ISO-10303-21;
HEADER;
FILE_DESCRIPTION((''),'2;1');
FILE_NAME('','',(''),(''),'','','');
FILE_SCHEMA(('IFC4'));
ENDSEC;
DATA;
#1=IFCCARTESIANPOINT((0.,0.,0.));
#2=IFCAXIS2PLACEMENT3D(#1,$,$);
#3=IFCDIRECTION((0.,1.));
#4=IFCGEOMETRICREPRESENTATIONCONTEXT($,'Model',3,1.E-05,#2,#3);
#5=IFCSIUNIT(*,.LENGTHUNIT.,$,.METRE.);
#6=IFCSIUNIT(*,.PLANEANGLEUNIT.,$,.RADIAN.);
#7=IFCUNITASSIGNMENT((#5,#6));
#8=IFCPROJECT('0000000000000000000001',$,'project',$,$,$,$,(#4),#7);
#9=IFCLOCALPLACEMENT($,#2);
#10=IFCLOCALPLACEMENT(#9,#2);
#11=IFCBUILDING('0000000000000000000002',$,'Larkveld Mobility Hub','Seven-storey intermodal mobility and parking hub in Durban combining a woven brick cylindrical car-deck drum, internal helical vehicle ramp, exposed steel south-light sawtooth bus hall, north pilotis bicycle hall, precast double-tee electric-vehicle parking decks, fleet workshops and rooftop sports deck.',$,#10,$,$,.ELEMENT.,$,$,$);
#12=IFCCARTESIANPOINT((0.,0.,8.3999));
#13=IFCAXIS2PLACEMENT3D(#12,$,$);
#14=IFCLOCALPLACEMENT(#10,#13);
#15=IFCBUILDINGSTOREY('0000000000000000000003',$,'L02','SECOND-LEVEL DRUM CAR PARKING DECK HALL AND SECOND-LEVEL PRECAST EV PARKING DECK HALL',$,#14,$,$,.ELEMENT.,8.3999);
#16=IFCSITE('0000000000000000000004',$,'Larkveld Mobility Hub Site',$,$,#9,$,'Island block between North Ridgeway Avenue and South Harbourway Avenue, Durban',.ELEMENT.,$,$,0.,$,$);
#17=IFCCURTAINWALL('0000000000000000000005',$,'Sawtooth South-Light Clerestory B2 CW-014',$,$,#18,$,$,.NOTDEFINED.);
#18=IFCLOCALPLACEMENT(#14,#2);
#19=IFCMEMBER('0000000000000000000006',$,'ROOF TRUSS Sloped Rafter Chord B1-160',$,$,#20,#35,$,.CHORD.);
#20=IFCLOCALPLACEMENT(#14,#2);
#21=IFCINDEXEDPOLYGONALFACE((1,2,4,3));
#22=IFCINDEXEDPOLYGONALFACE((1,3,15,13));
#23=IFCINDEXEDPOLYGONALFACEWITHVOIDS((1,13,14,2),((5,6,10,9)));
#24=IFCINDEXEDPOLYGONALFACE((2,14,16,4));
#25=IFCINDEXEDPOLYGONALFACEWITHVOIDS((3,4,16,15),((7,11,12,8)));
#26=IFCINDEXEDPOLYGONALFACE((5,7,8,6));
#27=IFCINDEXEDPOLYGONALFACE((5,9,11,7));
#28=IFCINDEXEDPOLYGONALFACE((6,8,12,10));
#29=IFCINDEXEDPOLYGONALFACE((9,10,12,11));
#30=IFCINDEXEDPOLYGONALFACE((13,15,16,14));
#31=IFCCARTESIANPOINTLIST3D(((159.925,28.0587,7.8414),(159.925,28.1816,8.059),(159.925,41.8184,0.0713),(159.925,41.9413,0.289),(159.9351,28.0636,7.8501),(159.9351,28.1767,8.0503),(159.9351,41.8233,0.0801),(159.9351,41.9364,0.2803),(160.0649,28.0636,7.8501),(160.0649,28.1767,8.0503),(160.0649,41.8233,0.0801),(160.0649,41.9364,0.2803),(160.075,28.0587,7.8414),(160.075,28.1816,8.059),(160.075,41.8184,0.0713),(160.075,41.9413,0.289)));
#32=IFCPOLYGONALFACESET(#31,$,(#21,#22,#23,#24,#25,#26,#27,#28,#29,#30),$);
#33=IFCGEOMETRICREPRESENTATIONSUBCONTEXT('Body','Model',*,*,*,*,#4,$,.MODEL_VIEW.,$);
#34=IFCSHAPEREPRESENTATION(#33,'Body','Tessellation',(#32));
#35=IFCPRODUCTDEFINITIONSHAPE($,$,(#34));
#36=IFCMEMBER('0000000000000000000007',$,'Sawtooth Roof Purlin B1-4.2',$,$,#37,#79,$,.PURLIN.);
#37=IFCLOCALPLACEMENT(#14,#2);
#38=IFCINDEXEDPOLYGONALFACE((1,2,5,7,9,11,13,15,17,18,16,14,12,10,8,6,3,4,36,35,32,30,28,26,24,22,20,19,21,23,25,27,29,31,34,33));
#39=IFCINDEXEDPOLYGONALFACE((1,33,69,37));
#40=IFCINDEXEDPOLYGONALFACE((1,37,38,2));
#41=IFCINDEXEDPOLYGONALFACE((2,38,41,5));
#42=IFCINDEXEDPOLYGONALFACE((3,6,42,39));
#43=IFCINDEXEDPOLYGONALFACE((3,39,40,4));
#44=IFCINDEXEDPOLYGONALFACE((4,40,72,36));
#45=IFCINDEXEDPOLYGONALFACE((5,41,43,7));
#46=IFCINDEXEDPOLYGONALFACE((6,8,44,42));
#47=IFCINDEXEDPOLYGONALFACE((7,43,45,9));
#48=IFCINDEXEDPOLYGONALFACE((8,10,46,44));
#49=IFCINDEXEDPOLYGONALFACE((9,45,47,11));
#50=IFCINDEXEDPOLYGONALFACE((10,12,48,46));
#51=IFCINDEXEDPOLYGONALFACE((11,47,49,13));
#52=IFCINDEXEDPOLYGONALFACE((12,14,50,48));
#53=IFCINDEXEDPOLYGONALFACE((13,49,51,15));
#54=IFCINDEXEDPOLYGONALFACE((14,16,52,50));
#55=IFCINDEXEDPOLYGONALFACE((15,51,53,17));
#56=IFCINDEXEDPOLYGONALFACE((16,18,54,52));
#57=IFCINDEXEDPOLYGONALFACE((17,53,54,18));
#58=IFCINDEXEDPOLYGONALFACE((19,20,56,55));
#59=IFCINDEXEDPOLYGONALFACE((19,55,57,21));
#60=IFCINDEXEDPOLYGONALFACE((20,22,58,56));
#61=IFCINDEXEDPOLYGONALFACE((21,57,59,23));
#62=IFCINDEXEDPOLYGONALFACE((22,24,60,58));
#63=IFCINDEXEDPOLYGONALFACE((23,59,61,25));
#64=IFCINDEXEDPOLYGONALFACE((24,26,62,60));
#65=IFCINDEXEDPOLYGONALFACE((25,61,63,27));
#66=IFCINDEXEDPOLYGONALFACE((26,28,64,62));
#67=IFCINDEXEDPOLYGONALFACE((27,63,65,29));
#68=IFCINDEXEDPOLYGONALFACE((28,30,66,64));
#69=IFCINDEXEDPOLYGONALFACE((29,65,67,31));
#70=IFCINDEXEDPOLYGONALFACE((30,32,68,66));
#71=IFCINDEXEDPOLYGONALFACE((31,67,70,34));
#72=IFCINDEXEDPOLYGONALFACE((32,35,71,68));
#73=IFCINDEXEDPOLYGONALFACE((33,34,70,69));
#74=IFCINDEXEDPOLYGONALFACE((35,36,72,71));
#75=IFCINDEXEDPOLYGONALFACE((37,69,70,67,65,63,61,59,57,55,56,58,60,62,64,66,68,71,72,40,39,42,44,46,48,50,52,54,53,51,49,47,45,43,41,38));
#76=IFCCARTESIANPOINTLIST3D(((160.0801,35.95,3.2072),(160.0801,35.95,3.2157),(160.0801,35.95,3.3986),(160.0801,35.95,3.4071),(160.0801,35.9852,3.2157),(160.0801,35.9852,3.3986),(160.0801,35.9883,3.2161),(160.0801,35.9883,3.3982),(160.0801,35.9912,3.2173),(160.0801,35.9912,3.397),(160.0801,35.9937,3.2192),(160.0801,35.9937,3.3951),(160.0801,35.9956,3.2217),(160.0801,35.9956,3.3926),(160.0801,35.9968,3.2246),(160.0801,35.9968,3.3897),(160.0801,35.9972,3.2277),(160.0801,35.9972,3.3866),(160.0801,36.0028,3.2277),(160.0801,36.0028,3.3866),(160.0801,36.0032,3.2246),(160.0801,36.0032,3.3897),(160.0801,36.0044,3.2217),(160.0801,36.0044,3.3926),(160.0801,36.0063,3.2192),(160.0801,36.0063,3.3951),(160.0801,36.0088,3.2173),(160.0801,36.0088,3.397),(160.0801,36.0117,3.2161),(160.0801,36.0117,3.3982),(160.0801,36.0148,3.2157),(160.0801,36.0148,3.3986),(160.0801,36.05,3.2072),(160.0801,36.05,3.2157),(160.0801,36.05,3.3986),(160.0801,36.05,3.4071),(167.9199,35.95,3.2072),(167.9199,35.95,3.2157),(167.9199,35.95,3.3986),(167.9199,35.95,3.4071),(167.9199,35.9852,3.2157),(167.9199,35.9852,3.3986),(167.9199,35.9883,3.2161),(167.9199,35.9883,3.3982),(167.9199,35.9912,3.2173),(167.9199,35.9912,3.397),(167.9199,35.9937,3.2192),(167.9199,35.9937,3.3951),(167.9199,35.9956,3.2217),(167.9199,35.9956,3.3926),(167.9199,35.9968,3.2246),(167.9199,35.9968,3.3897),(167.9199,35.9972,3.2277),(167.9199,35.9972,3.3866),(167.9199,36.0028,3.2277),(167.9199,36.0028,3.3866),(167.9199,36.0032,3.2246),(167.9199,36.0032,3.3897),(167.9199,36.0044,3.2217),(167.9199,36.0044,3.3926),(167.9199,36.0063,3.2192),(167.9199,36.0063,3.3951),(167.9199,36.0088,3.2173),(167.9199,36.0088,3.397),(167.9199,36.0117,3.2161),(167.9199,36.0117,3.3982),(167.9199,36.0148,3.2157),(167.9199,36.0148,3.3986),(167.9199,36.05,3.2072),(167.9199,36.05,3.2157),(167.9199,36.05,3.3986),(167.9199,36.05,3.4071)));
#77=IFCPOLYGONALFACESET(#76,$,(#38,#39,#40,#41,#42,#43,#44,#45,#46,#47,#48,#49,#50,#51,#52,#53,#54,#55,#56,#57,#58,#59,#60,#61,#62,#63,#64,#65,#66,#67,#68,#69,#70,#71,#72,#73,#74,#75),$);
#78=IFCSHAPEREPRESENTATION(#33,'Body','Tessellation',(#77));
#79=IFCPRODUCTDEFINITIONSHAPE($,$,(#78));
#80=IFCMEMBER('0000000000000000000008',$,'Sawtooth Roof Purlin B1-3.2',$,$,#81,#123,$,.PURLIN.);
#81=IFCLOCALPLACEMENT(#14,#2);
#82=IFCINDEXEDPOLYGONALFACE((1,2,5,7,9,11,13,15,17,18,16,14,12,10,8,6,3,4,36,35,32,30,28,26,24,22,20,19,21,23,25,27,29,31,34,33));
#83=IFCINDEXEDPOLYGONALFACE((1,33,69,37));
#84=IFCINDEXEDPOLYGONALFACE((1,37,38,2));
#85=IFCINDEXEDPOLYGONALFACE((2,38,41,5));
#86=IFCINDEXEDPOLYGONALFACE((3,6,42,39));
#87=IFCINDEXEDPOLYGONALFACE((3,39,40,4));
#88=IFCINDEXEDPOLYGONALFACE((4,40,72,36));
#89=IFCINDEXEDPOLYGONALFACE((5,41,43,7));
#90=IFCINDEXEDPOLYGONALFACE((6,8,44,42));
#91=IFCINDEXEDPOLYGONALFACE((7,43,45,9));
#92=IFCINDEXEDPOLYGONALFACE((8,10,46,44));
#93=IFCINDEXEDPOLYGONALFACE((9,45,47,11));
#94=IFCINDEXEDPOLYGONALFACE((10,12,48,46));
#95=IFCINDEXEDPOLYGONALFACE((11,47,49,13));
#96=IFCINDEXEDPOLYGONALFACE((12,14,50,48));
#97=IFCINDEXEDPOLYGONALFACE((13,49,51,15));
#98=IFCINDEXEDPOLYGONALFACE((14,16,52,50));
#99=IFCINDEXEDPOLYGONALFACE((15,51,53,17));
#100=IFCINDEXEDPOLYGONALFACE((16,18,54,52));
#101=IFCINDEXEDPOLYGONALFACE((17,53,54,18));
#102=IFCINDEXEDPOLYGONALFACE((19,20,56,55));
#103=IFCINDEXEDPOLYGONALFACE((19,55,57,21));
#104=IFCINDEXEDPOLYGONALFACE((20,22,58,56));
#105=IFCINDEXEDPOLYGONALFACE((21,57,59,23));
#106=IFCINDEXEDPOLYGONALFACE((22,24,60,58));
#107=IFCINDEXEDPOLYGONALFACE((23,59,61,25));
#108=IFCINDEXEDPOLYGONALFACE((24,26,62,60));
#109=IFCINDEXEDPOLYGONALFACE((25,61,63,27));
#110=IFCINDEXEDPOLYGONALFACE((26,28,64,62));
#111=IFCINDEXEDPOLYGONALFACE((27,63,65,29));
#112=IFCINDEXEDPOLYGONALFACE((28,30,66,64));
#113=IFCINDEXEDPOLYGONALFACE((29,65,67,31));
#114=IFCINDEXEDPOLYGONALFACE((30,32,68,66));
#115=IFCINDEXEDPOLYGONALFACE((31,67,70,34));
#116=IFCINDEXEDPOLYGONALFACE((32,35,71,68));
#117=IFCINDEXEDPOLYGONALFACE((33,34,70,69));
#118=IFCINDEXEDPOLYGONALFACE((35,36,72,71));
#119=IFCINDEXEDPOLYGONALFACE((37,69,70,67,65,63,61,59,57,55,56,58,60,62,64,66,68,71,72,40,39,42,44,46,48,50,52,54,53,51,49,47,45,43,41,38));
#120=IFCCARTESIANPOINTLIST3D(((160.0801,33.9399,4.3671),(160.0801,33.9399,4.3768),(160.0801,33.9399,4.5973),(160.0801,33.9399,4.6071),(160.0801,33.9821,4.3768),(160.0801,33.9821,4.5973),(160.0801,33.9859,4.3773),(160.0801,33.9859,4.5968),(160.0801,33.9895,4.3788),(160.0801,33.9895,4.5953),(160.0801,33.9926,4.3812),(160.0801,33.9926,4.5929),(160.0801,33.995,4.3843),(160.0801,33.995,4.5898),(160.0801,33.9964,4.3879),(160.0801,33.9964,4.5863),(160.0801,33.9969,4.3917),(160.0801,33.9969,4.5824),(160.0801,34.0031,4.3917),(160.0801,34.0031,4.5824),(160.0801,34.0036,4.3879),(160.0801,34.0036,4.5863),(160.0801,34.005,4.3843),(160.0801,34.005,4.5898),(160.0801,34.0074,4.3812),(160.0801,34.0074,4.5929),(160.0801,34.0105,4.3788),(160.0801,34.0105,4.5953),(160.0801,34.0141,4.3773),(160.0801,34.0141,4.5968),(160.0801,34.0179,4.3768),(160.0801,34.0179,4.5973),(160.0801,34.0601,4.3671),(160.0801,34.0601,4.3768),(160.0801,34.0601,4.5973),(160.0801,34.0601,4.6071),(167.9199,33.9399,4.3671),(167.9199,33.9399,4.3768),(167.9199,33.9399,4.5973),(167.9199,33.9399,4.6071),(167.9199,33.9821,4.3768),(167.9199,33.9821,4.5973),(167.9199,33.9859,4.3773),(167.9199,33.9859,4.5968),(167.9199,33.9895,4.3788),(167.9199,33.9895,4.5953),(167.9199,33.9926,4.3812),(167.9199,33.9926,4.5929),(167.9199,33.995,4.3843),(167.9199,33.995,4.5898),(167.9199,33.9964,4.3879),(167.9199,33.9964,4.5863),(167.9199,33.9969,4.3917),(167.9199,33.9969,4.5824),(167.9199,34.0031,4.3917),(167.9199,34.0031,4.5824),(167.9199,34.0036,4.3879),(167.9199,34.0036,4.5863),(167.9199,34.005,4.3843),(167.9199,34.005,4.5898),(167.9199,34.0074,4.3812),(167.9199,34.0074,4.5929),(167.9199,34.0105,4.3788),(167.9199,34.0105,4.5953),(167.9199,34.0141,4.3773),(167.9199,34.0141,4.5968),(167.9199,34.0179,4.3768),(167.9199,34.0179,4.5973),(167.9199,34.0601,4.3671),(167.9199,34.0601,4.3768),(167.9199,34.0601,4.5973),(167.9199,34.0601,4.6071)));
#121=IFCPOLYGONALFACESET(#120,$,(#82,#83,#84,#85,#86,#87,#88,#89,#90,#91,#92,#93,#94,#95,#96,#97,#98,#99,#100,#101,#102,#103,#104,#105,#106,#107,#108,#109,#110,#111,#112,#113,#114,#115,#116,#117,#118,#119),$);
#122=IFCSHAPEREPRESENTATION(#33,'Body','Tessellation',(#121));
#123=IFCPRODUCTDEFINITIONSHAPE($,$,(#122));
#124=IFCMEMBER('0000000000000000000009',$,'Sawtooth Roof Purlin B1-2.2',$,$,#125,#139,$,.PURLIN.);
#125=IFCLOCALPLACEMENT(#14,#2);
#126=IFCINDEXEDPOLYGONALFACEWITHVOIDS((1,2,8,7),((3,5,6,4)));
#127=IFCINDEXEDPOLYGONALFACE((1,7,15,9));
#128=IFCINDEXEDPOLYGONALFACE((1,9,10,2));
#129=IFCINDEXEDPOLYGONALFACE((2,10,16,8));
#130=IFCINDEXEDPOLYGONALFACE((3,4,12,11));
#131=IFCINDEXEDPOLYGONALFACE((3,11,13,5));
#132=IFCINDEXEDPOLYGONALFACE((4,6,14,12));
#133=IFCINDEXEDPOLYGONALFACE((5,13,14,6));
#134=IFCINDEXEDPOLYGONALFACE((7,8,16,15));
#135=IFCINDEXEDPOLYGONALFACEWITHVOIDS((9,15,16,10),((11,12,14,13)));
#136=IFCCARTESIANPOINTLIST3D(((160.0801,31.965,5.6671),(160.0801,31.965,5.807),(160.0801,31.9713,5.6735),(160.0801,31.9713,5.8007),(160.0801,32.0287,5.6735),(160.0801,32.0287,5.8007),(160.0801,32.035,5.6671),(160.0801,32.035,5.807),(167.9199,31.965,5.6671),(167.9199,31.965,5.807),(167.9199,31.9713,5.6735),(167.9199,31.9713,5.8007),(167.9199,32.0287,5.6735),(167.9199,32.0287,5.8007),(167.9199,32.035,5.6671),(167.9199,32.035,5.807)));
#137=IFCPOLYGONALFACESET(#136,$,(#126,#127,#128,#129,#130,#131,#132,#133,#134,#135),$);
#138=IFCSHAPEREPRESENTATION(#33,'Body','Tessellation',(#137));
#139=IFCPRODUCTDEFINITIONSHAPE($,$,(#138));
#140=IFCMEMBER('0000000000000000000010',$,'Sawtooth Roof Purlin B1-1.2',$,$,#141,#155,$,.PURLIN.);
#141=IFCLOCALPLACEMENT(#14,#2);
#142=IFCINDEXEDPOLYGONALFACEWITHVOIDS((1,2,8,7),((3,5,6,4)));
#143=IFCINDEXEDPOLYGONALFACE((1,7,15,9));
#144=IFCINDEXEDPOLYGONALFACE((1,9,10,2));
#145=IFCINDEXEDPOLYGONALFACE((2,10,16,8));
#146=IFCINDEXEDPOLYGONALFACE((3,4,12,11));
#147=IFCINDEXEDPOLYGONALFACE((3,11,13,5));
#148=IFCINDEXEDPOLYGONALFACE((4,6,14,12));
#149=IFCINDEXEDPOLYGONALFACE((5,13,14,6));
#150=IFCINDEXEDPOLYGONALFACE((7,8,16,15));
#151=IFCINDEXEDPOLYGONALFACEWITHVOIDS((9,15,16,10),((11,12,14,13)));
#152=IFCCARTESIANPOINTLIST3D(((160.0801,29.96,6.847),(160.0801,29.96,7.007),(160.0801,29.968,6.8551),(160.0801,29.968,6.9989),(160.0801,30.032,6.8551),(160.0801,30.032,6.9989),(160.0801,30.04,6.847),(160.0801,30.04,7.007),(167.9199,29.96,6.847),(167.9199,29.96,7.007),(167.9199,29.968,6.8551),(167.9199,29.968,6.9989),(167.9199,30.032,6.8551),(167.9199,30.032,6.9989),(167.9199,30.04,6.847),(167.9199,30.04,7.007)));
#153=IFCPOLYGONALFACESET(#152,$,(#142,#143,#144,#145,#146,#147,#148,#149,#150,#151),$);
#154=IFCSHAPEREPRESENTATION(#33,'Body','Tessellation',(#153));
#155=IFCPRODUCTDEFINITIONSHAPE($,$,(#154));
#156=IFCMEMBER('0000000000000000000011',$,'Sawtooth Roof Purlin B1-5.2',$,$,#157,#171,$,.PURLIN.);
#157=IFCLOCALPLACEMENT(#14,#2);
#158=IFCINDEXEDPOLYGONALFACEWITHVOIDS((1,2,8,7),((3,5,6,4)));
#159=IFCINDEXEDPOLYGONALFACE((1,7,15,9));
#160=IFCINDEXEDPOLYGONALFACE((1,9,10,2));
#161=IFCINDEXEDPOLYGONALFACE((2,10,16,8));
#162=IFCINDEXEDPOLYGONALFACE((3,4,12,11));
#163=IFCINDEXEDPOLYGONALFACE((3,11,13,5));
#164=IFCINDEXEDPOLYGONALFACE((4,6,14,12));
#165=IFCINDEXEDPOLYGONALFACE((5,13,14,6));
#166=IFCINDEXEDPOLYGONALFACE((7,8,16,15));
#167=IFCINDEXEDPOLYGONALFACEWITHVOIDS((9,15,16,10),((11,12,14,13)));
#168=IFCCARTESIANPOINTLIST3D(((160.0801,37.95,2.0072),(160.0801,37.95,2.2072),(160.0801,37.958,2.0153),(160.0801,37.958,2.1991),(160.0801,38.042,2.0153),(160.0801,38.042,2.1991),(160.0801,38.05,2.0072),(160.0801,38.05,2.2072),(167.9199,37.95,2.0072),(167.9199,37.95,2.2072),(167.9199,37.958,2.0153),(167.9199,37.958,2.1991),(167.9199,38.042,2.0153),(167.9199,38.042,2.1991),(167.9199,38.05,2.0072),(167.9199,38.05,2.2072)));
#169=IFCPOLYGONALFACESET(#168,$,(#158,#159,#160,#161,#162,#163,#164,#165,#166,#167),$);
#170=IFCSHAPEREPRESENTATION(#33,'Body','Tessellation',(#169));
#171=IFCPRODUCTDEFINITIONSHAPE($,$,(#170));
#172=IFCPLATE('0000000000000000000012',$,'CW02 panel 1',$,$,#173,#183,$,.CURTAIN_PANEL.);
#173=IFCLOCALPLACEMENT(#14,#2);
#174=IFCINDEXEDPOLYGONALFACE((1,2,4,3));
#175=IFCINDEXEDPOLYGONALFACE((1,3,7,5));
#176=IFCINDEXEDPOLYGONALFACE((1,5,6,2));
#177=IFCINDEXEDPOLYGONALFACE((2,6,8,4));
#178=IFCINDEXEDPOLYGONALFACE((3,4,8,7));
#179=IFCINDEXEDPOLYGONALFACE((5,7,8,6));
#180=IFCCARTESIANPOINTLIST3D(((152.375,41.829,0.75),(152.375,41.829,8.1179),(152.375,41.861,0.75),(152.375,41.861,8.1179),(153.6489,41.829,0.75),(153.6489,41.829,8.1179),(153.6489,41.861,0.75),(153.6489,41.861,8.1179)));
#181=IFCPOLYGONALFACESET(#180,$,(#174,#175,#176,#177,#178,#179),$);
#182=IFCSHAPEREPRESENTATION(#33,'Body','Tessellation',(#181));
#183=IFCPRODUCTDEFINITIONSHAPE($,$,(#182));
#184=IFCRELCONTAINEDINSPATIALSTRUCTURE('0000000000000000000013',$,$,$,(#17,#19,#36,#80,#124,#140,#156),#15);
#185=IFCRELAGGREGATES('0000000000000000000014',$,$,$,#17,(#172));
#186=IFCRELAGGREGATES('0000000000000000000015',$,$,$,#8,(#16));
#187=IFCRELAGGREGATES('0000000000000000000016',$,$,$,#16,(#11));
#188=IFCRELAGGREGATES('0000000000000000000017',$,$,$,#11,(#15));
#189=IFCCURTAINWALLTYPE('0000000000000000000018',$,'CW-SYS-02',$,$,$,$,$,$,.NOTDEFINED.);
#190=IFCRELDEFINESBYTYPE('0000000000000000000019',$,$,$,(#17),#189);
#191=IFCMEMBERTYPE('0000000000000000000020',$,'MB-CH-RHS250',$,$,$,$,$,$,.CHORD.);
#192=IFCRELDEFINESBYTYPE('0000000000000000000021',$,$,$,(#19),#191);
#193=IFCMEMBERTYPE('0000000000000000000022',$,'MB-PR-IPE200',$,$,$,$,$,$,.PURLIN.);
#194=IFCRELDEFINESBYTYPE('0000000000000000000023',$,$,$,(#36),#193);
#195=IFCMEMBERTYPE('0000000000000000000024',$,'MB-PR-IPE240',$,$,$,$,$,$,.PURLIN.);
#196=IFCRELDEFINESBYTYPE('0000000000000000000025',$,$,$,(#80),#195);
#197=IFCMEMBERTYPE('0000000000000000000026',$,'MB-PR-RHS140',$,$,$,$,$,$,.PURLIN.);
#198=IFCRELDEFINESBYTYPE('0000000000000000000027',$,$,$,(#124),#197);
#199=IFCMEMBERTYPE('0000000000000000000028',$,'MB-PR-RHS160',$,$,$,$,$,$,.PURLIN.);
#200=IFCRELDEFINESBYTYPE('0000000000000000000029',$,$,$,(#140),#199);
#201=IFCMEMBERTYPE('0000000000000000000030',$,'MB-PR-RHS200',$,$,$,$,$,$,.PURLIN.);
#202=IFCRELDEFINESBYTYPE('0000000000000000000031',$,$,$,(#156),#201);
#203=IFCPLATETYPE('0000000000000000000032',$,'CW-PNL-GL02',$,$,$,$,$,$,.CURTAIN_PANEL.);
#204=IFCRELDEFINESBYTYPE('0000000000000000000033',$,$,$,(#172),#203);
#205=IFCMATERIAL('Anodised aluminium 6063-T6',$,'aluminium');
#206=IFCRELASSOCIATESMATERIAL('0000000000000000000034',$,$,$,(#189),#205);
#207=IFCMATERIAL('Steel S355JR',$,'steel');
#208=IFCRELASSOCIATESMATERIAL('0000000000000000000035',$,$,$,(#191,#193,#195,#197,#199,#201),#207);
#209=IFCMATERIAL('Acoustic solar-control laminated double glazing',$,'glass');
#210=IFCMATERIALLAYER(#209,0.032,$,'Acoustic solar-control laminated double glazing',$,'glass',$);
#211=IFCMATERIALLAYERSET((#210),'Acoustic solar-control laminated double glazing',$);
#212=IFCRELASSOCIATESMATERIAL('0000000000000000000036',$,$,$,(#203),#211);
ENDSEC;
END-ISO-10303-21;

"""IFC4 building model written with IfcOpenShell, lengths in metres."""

from ifc_helpers import new_model, si_unit, direction, frame, origin, origin_2d, place, context, subcontext, project, spatial, rectangle, hollow_rectangle, i_section, extrude, material, layer, layer_set, material_profile, profile_set, type_object, element, aggregate, save


model = new_model("IFC4")

# Units and contexts
model_context = context("Model", 3, precision=1e-05, world=origin(), true_north=direction((0.0, 1.0)))
body_context = subcontext(model_context, "Body", "Model", "MODEL_VIEW")
ifc_project = project(units=[si_unit("LENGTHUNIT", "METRE"), si_unit("PLANEANGLEUNIT", "RADIAN")], contexts=[model_context])

# Site, building, storey
site_placement = place(None, origin())
site = spatial("IfcSite", under=ifc_project, at=site_placement, Name="Larkveld Mobility Hub Site", LongName="Island block between North Ridgeway Avenue and South Harbourway Avenue, Durban", CompositionType="ELEMENT", RefElevation=0.0)
building_placement = place(site_placement, origin())
building = spatial("IfcBuilding", under=site, at=building_placement, Name="Larkveld Mobility Hub", Description="Seven-storey intermodal mobility and parking hub in Durban combining a woven brick cylindrical car-deck drum, internal helical vehicle ramp, exposed steel south-light sawtooth bus hall, north pilotis bicycle hall, precast double-tee electric-vehicle parking decks, fleet workshops and rooftop sports deck.", CompositionType="ELEMENT")
storey_placement = place(building_placement, frame((0.0, 0.0, 8.3999)))
storey = spatial("IfcBuildingStorey", under=building, at=storey_placement, Name="L02", Description="SECOND-LEVEL DRUM CAR PARKING DECK HALL AND SECOND-LEVEL PRECAST EV PARKING DECK HALL", CompositionType="ELEMENT", Elevation=8.3999)

# Curtain wall
ifc_material_1 = material(Name="Anodised aluminium 6063-T6", Category="aluminium")
curtain_wall_type = type_object("IfcCurtainWallType", Name="CW-SYS-02", PredefinedType="NOTDEFINED", material=ifc_material_1)
curtain_wall_placement = place(storey_placement, origin())
curtain_wall = element("IfcCurtainWall", 1, at=curtain_wall_placement, inside=storey, type_object=curtain_wall_type, Name="Sawtooth South-Light Clerestory B2 CW-014", PredefinedType="NOTDEFINED")

# Members
ifc_material_2 = material(Name="Steel S355JR", Category="steel")
ifc_material_profile_1 = material_profile(ifc_material_2, hollow_rectangle(XDim=0.1499, YDim=0.25, WallThickness=0.01, at=origin_2d()), Name="RHS 250x150x10")
ifc_profile_set_1 = profile_set([ifc_material_profile_1], Name="Steel S355JR")
member_type_1 = type_object("IfcMemberType", Name="MB-CH-RHS250", PredefinedType="CHORD", material=ifc_profile_set_1)
member_1_placement = place(storey_placement, frame((160.0, 28.1201, 7.9502), z_axis=(0.0, 0.870759, -0.49171), x_axis=(-1.0, 0.0, 0.0)))
element("IfcMember", 2, at=member_1_placement, inside=storey, type_object=member_type_1, Name="ROOF TRUSS Sloped Rafter Chord B1-160", PredefinedType="CHORD", context=body_context, shape_type="SweptSolid", body=[
    extrude(hollow_rectangle(XDim=0.1499, YDim=0.25, WallThickness=0.01, at=origin_2d()), origin(), (0.0, 0.0, 1.0), 15.802),
])
ifc_material_profile_2 = material_profile(ifc_material_2, i_section(OverallWidth=0.1001, OverallDepth=0.2, WebThickness=0.0056, FlangeThickness=0.0085, FilletRadius=0.012, at=origin_2d()), Name="IPE 200")
ifc_profile_set_2 = profile_set([ifc_material_profile_2], Name="Steel S355JR")
member_type_2 = type_object("IfcMemberType", Name="MB-PR-IPE200", PredefinedType="PURLIN", material=ifc_profile_set_2)
member_2_placement = place(storey_placement, frame((160.0801, 36.0, 3.3071), z_axis=(1.0, 0.0, 0.0), x_axis=(0.0, 1.0, 0.0)))
element("IfcMember", 3, at=member_2_placement, inside=storey, type_object=member_type_2, Name="Sawtooth Roof Purlin B1-4.2", PredefinedType="PURLIN", context=body_context, shape_type="SweptSolid", body=[
    extrude(i_section(OverallWidth=0.1001, OverallDepth=0.2, WebThickness=0.0056, FlangeThickness=0.0085, FilletRadius=0.012, at=origin_2d()), origin(), (0.0, 0.0, 1.0), 7.8398),
])
ifc_material_profile_3 = material_profile(ifc_material_2, i_section(OverallWidth=0.1201, OverallDepth=0.24, WebThickness=0.0061, FlangeThickness=0.0098, FilletRadius=0.0149, at=origin_2d()), Name="IPE 240")
ifc_profile_set_3 = profile_set([ifc_material_profile_3], Name="Steel S355JR")
member_type_3 = type_object("IfcMemberType", Name="MB-PR-IPE240", PredefinedType="PURLIN", material=ifc_profile_set_3)
member_3_placement = place(storey_placement, frame((160.0801, 34.0, 4.4871), z_axis=(1.0, 0.0, 0.0), x_axis=(0.0, 1.0, 0.0)))
element("IfcMember", 4, at=member_3_placement, inside=storey, type_object=member_type_3, Name="Sawtooth Roof Purlin B1-3.2", PredefinedType="PURLIN", context=body_context, shape_type="SweptSolid", body=[
    extrude(i_section(OverallWidth=0.1201, OverallDepth=0.24, WebThickness=0.0061, FlangeThickness=0.0098, FilletRadius=0.0149, at=origin_2d()), origin(), (0.0, 0.0, 1.0), 7.8398),
])
ifc_material_profile_4 = material_profile(ifc_material_2, hollow_rectangle(XDim=0.0701, YDim=0.1399, WallThickness=0.0063, at=origin_2d()), Name="RHS 140x70x6.3")
ifc_profile_set_4 = profile_set([ifc_material_profile_4], Name="Steel S355JR")
member_type_4 = type_object("IfcMemberType", Name="MB-PR-RHS140", PredefinedType="PURLIN", material=ifc_profile_set_4)
member_4_placement = place(storey_placement, frame((160.0801, 32.0, 5.7371), z_axis=(1.0, 0.0, 0.0), x_axis=(0.0, 1.0, 0.0)))
element("IfcMember", 5, at=member_4_placement, inside=storey, type_object=member_type_4, Name="Sawtooth Roof Purlin B1-2.2", PredefinedType="PURLIN", context=body_context, shape_type="SweptSolid", body=[
    extrude(hollow_rectangle(XDim=0.0701, YDim=0.1399, WallThickness=0.0063, at=origin_2d()), origin(), (0.0, 0.0, 1.0), 7.8398),
])
ifc_material_profile_5 = material_profile(ifc_material_2, hollow_rectangle(XDim=0.0801, YDim=0.1599, WallThickness=0.0081, at=origin_2d()), Name="RHS 160x80x8")
ifc_profile_set_5 = profile_set([ifc_material_profile_5], Name="Steel S355JR")
member_type_5 = type_object("IfcMemberType", Name="MB-PR-RHS160", PredefinedType="PURLIN", material=ifc_profile_set_5)
member_5_placement = place(storey_placement, frame((160.0801, 30.0, 6.927), z_axis=(1.0, 0.0, 0.0), x_axis=(0.0, 1.0, 0.0)))
element("IfcMember", 6, at=member_5_placement, inside=storey, type_object=member_type_5, Name="Sawtooth Roof Purlin B1-1.2", PredefinedType="PURLIN", context=body_context, shape_type="SweptSolid", body=[
    extrude(hollow_rectangle(XDim=0.0801, YDim=0.1599, WallThickness=0.0081, at=origin_2d()), origin(), (0.0, 0.0, 1.0), 7.8398),
])
ifc_material_profile_6 = material_profile(ifc_material_2, hollow_rectangle(XDim=0.1001, YDim=0.2, WallThickness=0.0081, at=origin_2d()), Name="RHS 200x100x8")
ifc_profile_set_6 = profile_set([ifc_material_profile_6], Name="Steel S355JR")
member_type_6 = type_object("IfcMemberType", Name="MB-PR-RHS200", PredefinedType="PURLIN", material=ifc_profile_set_6)
member_6_placement = place(storey_placement, frame((160.0801, 38.0, 2.1072), z_axis=(1.0, 0.0, 0.0), x_axis=(0.0, 1.0, 0.0)))
element("IfcMember", 7, at=member_6_placement, inside=storey, type_object=member_type_6, Name="Sawtooth Roof Purlin B1-5.2", PredefinedType="PURLIN", context=body_context, shape_type="SweptSolid", body=[
    extrude(hollow_rectangle(XDim=0.1001, YDim=0.2, WallThickness=0.0081, at=origin_2d()), origin(), (0.0, 0.0, 1.0), 7.8398),
])

# Plate
ifc_material_3 = material(Name="Acoustic solar-control laminated double glazing", Category="glass")
ifc_layer_1 = layer(ifc_material_3, 0.032, Name="Acoustic solar-control laminated double glazing", Category="glass")
ifc_layer_set_1 = layer_set([ifc_layer_1], Name="Acoustic solar-control laminated double glazing")
plate_type_1 = type_object("IfcPlateType", Name="CW-PNL-GL02", PredefinedType="CURTAIN_PANEL", material=ifc_layer_set_1)
plate_1_placement = place(storey_placement, frame((153.012, 41.845, 0.75), z_axis=(0.0, 0.0, 1.0), x_axis=(1.0, 0.0, 0.0)))
plate_1 = element("IfcPlate", 8, at=plate_1_placement, type_object=plate_type_1, Name="CW02 panel 1", PredefinedType="CURTAIN_PANEL", context=body_context, shape_type="SweptSolid", body=[
    extrude(rectangle(XDim=1.2739, YDim=0.032, at=origin_2d()), origin(), (0.0, 0.0, 1.0), 7.3679),
])
aggregate(curtain_wall, [plate_1])

save(model, "model.ifc")
